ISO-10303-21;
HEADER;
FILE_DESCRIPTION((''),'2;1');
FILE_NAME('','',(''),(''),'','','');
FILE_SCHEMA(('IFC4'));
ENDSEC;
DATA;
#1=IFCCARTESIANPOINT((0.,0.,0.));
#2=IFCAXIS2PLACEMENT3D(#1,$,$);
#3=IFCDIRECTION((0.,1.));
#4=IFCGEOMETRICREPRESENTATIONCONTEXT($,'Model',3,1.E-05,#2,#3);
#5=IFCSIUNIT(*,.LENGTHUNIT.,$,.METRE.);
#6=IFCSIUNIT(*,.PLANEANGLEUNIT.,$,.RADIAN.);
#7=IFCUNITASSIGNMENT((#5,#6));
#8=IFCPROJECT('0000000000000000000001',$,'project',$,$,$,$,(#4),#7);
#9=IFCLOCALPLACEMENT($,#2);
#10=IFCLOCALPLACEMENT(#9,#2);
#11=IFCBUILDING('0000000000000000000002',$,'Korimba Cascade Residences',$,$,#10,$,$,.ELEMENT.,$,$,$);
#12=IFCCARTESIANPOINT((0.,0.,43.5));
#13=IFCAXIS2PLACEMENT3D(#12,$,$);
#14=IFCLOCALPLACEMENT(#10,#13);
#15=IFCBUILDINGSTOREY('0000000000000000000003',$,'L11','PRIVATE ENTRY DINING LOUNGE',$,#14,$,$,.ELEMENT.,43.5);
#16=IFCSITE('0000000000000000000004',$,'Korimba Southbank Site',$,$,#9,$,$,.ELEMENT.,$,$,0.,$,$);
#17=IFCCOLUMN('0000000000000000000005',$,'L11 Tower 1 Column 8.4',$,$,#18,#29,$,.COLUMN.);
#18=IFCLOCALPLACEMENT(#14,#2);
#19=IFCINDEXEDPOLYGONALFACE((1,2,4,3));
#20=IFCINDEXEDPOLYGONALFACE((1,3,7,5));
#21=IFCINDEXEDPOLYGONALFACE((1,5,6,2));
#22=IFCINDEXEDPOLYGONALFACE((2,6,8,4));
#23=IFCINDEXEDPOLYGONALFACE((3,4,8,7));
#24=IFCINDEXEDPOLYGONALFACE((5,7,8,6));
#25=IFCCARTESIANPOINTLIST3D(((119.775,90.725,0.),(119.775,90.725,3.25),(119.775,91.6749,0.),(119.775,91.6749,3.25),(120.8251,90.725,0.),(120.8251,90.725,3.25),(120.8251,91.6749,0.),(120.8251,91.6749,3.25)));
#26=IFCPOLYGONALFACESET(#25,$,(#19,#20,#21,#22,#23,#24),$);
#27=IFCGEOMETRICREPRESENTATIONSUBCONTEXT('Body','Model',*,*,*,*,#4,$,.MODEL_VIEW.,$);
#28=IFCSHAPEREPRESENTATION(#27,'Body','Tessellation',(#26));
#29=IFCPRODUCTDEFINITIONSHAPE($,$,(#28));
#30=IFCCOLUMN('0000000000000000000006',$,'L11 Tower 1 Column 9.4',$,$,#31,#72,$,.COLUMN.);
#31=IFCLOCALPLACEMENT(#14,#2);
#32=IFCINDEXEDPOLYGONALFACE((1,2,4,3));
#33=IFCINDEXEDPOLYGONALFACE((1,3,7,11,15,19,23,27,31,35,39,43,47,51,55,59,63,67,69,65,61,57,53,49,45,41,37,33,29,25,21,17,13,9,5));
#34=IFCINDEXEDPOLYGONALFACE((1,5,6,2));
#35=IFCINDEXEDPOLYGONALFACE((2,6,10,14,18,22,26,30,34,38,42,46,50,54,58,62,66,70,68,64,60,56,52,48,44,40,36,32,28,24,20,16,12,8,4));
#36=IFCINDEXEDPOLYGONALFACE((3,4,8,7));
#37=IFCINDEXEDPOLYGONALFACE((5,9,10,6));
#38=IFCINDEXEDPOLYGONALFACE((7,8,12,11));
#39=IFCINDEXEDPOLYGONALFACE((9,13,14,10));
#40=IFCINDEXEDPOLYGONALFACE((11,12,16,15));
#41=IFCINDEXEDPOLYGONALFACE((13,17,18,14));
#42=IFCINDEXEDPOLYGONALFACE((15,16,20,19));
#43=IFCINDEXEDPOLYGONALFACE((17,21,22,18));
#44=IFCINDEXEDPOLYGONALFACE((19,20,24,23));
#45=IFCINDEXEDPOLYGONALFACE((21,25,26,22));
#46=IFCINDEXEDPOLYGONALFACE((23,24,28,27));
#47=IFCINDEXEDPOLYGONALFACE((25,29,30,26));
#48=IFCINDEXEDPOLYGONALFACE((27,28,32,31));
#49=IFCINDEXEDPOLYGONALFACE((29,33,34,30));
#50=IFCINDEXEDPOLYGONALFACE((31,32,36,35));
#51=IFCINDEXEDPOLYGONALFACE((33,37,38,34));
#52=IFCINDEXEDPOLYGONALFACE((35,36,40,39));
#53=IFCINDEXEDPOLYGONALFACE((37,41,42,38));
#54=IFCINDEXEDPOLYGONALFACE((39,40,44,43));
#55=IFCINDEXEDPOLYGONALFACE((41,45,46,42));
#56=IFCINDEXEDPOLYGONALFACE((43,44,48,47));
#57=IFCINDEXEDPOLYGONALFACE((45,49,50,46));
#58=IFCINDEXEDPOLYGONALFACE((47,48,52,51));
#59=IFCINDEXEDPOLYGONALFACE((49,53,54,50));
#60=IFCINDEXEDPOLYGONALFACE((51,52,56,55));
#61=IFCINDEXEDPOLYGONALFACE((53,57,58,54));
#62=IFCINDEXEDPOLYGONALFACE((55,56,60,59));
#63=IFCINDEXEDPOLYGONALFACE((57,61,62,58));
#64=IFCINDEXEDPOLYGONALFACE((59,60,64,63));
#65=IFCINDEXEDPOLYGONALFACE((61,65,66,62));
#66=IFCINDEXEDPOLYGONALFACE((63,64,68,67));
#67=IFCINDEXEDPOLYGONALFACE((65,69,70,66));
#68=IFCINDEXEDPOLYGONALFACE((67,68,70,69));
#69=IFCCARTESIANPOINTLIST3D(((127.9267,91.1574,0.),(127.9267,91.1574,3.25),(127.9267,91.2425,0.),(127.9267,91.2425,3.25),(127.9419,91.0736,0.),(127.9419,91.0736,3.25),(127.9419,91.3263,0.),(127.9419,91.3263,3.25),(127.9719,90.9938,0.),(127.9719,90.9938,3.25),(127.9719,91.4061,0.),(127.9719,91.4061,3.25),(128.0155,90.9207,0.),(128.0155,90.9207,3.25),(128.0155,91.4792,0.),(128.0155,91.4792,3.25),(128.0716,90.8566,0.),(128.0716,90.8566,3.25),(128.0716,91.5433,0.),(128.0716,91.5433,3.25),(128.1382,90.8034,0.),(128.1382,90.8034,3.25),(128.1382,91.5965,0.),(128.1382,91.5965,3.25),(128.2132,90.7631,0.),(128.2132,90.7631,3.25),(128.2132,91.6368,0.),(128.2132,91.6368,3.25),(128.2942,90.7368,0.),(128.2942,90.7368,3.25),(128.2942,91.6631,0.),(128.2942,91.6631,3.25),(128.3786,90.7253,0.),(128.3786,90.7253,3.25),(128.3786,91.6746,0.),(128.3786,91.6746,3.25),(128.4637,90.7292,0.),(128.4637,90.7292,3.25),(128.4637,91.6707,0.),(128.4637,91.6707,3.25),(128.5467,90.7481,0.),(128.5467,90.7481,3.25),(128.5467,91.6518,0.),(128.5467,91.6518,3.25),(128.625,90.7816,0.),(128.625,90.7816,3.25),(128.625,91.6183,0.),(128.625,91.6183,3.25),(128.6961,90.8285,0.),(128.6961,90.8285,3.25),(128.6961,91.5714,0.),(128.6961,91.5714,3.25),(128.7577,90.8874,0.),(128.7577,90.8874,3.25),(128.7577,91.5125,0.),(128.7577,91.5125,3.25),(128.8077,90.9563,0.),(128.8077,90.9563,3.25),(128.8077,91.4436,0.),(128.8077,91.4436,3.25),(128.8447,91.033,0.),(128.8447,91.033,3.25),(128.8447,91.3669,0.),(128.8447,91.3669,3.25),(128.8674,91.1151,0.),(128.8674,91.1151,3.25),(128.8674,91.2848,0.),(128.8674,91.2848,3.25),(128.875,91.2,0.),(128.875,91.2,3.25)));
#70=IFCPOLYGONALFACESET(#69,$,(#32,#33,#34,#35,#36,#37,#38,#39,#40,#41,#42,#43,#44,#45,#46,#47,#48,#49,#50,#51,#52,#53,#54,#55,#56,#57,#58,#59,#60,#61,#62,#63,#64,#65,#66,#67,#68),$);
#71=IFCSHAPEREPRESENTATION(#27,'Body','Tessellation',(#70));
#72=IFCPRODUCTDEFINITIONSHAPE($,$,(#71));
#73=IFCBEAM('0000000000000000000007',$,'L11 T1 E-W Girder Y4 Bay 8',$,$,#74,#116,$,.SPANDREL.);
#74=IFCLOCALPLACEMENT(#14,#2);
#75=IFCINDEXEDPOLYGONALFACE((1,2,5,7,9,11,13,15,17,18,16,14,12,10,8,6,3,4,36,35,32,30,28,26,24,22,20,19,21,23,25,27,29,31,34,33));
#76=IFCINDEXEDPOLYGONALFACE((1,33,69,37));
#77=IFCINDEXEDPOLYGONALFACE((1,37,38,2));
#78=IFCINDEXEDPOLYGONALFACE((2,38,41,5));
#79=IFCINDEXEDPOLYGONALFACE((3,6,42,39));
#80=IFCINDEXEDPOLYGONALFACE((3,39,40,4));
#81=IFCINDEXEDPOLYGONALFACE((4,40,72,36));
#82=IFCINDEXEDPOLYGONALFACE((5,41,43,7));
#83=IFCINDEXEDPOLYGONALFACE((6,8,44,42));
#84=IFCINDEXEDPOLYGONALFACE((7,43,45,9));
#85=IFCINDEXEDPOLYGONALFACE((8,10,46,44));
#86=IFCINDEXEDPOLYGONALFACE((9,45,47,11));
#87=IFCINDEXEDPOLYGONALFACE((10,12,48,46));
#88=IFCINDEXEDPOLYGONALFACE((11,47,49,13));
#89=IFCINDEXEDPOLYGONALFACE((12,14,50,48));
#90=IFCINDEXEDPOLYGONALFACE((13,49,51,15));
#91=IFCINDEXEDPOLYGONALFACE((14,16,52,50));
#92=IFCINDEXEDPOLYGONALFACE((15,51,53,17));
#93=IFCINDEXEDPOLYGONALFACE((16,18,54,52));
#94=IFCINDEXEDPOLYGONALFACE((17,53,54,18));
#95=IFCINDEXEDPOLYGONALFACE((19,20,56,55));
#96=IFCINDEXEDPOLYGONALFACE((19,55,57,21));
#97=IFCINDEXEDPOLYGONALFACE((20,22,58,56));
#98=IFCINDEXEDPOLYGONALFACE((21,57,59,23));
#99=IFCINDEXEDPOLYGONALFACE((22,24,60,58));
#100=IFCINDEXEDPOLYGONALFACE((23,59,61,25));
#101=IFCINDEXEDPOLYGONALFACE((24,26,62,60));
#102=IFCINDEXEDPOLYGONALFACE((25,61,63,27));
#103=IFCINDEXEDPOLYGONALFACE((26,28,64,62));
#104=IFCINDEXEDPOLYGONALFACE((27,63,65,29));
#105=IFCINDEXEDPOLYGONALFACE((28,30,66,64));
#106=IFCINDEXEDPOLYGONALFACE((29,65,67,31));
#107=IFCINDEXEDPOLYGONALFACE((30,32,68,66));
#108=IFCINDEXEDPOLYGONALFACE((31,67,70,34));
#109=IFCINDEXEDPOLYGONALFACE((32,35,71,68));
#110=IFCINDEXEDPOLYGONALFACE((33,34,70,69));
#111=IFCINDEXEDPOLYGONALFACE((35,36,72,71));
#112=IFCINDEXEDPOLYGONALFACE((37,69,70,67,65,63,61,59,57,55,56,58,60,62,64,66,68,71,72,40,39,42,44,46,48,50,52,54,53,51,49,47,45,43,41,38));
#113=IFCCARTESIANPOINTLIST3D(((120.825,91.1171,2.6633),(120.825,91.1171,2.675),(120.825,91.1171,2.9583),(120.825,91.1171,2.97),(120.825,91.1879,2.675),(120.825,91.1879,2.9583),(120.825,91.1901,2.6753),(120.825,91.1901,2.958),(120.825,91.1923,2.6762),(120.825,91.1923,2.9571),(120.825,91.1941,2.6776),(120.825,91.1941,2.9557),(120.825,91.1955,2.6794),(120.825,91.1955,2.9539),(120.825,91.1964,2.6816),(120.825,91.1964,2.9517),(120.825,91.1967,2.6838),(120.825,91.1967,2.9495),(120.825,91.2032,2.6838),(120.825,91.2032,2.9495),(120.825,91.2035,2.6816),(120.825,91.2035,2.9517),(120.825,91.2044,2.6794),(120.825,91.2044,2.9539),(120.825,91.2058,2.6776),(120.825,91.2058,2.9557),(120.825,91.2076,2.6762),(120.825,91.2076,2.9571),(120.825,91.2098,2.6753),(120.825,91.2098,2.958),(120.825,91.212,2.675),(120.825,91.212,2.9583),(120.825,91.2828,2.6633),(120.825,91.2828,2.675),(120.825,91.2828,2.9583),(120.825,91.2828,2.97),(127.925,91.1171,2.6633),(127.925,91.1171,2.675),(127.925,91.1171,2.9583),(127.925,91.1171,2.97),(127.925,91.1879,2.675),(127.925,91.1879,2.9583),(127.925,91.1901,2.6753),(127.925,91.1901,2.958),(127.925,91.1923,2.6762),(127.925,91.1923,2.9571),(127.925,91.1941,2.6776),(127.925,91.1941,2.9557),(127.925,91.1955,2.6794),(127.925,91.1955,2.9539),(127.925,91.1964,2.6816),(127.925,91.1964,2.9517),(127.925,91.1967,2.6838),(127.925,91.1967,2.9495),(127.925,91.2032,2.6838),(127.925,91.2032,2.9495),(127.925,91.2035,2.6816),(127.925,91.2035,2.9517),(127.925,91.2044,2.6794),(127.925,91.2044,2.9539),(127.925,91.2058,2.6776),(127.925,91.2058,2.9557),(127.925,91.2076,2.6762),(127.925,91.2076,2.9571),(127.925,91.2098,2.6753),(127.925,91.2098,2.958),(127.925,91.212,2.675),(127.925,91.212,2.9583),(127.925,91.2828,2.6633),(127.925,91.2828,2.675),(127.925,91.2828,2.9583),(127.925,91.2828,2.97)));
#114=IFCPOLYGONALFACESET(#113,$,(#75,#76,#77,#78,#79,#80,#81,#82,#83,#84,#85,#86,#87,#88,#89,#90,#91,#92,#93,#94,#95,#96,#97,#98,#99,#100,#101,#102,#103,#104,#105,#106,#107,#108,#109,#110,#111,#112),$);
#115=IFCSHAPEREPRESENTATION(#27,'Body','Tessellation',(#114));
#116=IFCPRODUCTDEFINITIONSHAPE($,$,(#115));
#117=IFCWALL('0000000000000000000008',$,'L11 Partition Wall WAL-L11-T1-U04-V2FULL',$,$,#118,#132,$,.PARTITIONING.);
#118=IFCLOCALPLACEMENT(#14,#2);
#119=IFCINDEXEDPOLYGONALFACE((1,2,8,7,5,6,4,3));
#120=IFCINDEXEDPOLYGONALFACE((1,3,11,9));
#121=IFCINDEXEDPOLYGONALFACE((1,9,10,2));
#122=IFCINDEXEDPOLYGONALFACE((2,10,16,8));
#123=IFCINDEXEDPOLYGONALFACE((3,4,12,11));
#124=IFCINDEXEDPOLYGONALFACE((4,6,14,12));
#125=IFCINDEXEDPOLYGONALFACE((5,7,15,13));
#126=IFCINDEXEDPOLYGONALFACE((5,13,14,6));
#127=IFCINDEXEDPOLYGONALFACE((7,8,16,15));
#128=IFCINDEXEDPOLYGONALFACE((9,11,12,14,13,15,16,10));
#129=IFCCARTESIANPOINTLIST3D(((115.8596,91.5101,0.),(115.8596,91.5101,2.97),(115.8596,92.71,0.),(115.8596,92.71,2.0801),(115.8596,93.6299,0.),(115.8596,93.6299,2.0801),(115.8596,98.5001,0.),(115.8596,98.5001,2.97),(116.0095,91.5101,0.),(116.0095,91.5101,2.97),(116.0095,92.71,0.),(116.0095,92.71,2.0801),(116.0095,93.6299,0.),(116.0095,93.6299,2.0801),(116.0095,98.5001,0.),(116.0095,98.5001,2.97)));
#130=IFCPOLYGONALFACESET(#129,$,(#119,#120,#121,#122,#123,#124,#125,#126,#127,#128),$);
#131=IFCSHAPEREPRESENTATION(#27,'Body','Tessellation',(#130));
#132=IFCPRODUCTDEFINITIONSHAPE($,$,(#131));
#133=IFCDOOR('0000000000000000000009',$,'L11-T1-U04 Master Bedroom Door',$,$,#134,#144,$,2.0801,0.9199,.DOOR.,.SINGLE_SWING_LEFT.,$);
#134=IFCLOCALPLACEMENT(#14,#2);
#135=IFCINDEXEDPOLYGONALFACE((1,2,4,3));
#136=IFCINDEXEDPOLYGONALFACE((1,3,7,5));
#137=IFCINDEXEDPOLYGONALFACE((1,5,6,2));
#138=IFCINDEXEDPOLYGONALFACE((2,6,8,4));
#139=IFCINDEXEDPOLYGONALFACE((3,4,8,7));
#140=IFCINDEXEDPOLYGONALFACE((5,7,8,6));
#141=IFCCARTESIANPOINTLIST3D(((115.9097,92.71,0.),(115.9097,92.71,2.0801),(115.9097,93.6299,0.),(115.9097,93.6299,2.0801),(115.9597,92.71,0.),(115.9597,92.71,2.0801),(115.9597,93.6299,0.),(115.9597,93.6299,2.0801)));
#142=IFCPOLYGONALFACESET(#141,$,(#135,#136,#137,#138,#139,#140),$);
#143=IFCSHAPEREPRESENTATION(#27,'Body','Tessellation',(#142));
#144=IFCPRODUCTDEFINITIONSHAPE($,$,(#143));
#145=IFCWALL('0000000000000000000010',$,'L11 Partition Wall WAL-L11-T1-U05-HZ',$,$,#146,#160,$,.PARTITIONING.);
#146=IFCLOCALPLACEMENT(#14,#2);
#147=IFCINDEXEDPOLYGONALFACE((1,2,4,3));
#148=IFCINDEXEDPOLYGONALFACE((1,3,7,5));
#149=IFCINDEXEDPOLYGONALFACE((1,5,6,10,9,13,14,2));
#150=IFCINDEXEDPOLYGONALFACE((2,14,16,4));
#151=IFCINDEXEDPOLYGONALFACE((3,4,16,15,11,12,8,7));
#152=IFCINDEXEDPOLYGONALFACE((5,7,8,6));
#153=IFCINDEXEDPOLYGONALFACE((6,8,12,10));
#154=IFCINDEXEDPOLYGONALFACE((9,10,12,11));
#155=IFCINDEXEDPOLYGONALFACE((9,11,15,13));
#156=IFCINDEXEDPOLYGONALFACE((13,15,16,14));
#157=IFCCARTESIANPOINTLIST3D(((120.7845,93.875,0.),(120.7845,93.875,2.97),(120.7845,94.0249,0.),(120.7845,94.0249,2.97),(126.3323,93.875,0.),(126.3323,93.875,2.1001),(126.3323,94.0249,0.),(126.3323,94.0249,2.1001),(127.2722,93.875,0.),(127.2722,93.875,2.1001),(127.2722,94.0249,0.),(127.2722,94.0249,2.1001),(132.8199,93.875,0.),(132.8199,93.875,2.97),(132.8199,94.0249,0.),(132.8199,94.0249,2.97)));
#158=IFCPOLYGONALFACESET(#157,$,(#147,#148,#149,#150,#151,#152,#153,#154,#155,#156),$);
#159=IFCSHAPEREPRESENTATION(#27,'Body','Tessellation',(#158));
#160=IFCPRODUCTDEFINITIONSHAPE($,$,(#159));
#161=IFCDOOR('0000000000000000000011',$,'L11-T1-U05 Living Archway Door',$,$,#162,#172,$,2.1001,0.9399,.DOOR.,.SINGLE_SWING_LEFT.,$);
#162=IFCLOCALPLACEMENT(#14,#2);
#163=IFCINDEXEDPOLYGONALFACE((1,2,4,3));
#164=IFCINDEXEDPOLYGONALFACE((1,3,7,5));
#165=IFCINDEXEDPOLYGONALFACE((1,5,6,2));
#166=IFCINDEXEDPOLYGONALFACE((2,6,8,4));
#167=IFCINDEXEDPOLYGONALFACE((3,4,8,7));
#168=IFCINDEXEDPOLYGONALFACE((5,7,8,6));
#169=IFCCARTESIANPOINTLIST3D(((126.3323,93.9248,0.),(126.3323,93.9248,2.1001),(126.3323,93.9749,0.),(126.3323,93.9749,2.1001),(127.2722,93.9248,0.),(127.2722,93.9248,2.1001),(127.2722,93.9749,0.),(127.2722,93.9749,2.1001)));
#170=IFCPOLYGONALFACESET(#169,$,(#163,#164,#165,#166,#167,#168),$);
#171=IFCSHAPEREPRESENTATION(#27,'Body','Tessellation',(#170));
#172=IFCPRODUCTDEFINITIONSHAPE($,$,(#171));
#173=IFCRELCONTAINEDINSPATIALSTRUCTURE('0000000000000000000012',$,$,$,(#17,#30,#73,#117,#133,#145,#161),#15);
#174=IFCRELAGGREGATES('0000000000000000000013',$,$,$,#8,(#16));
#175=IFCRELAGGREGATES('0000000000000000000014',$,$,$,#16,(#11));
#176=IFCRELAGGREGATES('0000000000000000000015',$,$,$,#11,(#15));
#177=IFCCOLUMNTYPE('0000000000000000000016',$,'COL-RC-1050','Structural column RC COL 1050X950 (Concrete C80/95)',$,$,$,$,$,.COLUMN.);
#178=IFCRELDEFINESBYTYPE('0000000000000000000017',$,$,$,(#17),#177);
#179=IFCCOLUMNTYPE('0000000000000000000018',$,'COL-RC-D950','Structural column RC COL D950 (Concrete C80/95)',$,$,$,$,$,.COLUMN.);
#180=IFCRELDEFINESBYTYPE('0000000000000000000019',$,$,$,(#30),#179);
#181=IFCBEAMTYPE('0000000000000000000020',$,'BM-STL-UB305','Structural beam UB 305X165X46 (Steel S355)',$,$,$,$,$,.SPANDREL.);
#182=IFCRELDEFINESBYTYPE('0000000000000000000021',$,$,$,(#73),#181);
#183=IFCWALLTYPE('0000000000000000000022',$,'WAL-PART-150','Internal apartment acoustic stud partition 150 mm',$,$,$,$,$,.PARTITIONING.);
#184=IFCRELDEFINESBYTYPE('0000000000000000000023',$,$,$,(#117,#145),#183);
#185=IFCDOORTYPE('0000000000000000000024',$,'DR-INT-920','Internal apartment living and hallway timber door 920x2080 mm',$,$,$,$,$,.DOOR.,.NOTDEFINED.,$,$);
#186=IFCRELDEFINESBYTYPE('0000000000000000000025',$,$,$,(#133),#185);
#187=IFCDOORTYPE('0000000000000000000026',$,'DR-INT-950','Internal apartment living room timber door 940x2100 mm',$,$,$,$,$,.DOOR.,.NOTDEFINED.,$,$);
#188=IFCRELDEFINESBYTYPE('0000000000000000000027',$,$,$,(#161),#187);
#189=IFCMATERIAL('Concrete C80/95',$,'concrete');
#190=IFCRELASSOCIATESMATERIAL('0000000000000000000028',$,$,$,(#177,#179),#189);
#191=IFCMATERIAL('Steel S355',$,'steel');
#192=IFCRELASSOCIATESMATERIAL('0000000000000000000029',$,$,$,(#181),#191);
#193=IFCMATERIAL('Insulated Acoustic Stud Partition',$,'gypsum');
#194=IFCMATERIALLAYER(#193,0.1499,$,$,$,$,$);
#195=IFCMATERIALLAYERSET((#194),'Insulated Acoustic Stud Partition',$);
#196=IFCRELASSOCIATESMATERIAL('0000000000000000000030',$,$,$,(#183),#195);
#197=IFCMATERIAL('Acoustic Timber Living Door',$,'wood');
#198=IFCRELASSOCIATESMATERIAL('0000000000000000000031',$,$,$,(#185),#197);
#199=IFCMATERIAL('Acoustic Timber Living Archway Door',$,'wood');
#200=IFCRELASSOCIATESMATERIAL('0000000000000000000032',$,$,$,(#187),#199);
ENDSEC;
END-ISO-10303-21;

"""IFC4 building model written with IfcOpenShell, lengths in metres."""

from ifc_helpers import new_model, si_unit, direction, frame, frame_2d, origin, origin_2d, place, context, subcontext, project, spatial, rectangle, circle, i_section, extrude, material, layer, layer_set, material_profile, profile_set, type_object, element, fill, save


model = new_model("IFC4")

# Units and contexts
model_context = context("Model", 3, precision=1e-05, world=origin(), true_north=direction((0.0, 1.0)))
body_context = subcontext(model_context, "Body", "Model", "MODEL_VIEW")
ifc_project = project(units=[si_unit("LENGTHUNIT", "METRE"), si_unit("PLANEANGLEUNIT", "RADIAN")], contexts=[model_context])

# Site, building, storey
site_placement = place(None, origin())
site = spatial("IfcSite", under=ifc_project, at=site_placement, Name="Korimba Southbank Site", CompositionType="ELEMENT", RefElevation=0.0)
building_placement = place(site_placement, origin())
building = spatial("IfcBuilding", under=site, at=building_placement, Name="Korimba Cascade Residences", CompositionType="ELEMENT")
storey_placement = place(building_placement, frame((0.0, 0.0, 43.5)))
storey = spatial("IfcBuildingStorey", under=building, at=storey_placement, Name="L11", Description="PRIVATE ENTRY DINING LOUNGE", CompositionType="ELEMENT", Elevation=43.5)

# Columns
ifc_material_1 = material(Name="Concrete C80/95", Category="concrete")
ifc_material_profile_1 = material_profile(ifc_material_1, rectangle(XDim=1.05, YDim=0.95, at=origin_2d()), Name="Concrete C80/95")
ifc_profile_set_1 = profile_set([ifc_material_profile_1], Name="Concrete C80/95")
column_type_1 = type_object("IfcColumnType", Name="COL-RC-1050", Description="Structural column RC COL 1050X950 (Concrete C80/95)", PredefinedType="COLUMN", material=ifc_profile_set_1)
column_1_placement = place(storey_placement, frame((120.3, 91.2, 0.0), z_axis=(0.0, 0.0, 1.0), x_axis=(1.0, 0.0, 0.0)))
element("IfcColumn", 1, at=column_1_placement, inside=storey, type_object=column_type_1, Name="L11 Tower 1 Column 8.4", PredefinedType="COLUMN", context=body_context, shape_type="SweptSolid", body=[
    extrude(rectangle(XDim=1.05, YDim=0.95, at=origin_2d()), origin(), (0.0, 0.0, 1.0), 3.25),
])
ifc_material_profile_2 = material_profile(ifc_material_1, circle(Radius=0.4751, at=origin_2d()), Name="Concrete C80/95")
ifc_profile_set_2 = profile_set([ifc_material_profile_2], Name="Concrete C80/95")
column_type_2 = type_object("IfcColumnType", Name="COL-RC-D950", Description="Structural column RC COL D950 (Concrete C80/95)", PredefinedType="COLUMN", material=ifc_profile_set_2)
column_2_placement = place(storey_placement, frame((128.3999, 91.2, 0.0), z_axis=(0.0, 0.0, 1.0), x_axis=(1.0, 0.0, 0.0)))
element("IfcColumn", 2, at=column_2_placement, inside=storey, type_object=column_type_2, Name="L11 Tower 1 Column 9.4", PredefinedType="COLUMN", context=body_context, shape_type="SweptSolid", body=[
    extrude(circle(Radius=0.4751, at=origin_2d()), origin(), (0.0, 0.0, 1.0), 3.25),
])

# Beam
ifc_material_2 = material(Name="Steel S355", Category="steel")
ifc_material_profile_3 = material_profile(ifc_material_2, i_section(OverallWidth=0.1658, OverallDepth=0.3066, WebThickness=0.0066, FlangeThickness=0.0117, FilletRadius=0.0088, at=origin_2d()), Name="Steel S355")
ifc_profile_set_3 = profile_set([ifc_material_profile_3], Name="Steel S355")
beam_type = type_object("IfcBeamType", Name="BM-STL-UB305", Description="Structural beam UB 305X165X46 (Steel S355)", PredefinedType="SPANDREL", material=ifc_profile_set_3)
beam_placement = place(storey_placement, frame((120.825, 91.2, 2.8167), z_axis=(1.0, 0.0, 0.0), x_axis=(0.0, 1.0, 0.0)))
element("IfcBeam", 3, at=beam_placement, inside=storey, type_object=beam_type, Name="L11 T1 E-W Girder Y4 Bay 8", PredefinedType="SPANDREL", context=body_context, shape_type="SweptSolid", body=[
    extrude(i_section(OverallWidth=0.1658, OverallDepth=0.3066, WebThickness=0.0066, FlangeThickness=0.0117, FilletRadius=0.0088, at=origin_2d()), origin(), (0.0, 0.0, 1.0), 7.1001),
])

# Walls, openings, doors
ifc_material_3 = material(Name="Insulated Acoustic Stud Partition", Category="gypsum")
ifc_layer = layer(ifc_material_3, 0.1499)
ifc_layer_set = layer_set([ifc_layer], Name="Insulated Acoustic Stud Partition")
wall_type = type_object("IfcWallType", Name="WAL-PART-150", Description="Internal apartment acoustic stud partition 150 mm", PredefinedType="PARTITIONING", material=ifc_layer_set)
wall_1_placement = place(storey_placement, frame((115.9346, 91.51, 0.0), z_axis=(0.0, 0.0, 1.0), x_axis=(0.0, 1.0, 0.0)))
wall_1 = element("IfcWall", 4, at=wall_1_placement, inside=storey, type_object=wall_type, Name="L11 Partition Wall WAL-L11-T1-U04-V2FULL", PredefinedType="PARTITIONING", context=body_context, shape_type="SweptSolid", body=[
    extrude(rectangle(XDim=6.99, YDim=0.1499, at=frame_2d((3.4951, 0.0))), origin(), (0.0, 0.0, 1.0), 2.97),
])
opening_1_placement = place(wall_1_placement, frame((1.2, 0.0, 0.0)))
opening_1 = element("IfcOpeningElement", 5, at=opening_1_placement, cuts=wall_1, PredefinedType="OPENING", context=body_context, shape_type="SweptSolid", body=[
    extrude(rectangle(XDim=0.9199, YDim=2.0801, at=frame_2d((0.46, 1.04))), frame((0.0, 0.085, 0.0), z_axis=(0.0, -1.0, 0.0), x_axis=(1.0, 0.0, 0.0)), (0.0, 0.0, 1.0), 0.1699),
])
ifc_material_4 = material(Name="Acoustic Timber Living Door", Category="wood")
door_type_1 = type_object("IfcDoorType", Name="DR-INT-920", Description="Internal apartment living and hallway timber door 920x2080 mm", OperationType="NOTDEFINED", PredefinedType="DOOR", material=ifc_material_4)
door_1_placement = place(opening_1_placement, origin())
door_1 = element("IfcDoor", 6, at=door_1_placement, inside=storey, type_object=door_type_1, Name="L11-T1-U04 Master Bedroom Door", OperationType="SINGLE_SWING_LEFT", OverallHeight=2.0801, OverallWidth=0.9199, PredefinedType="DOOR", context=body_context, shape_type="SweptSolid", body=[
    extrude(rectangle(XDim=0.9199, YDim=2.0801, at=frame_2d((0.46, 1.04))), frame((0.0, 0.0249, 0.0), z_axis=(0.0, -1.0, 0.0), x_axis=(1.0, 0.0, 0.0)), (0.0, 0.0, 1.0), 0.05),
])
fill(opening_1, door_1)
wall_2_placement = place(storey_placement, frame((120.7847, 93.95, 0.0), z_axis=(0.0, 0.0, 1.0), x_axis=(1.0, 0.0, 0.0)))
wall_2 = element("IfcWall", 7, at=wall_2_placement, inside=storey, type_object=wall_type, Name="L11 Partition Wall WAL-L11-T1-U05-HZ", PredefinedType="PARTITIONING", context=body_context, shape_type="SweptSolid", body=[
    extrude(rectangle(XDim=12.0354, YDim=0.1499, at=frame_2d((6.0176, 0.0))), origin(), (0.0, 0.0, 1.0), 2.97),
])
opening_2_placement = place(wall_2_placement, frame((5.5476, 0.0, 0.0)))
opening_2 = element("IfcOpeningElement", 8, at=opening_2_placement, cuts=wall_2, PredefinedType="OPENING", context=body_context, shape_type="SweptSolid", body=[
    extrude(rectangle(XDim=0.9399, YDim=2.1001, at=frame_2d((0.47, 1.05))), frame((0.0, 0.085, 0.0), z_axis=(0.0, -1.0, 0.0), x_axis=(1.0, 0.0, 0.0)), (0.0, 0.0, 1.0), 0.1699),
])
ifc_material_5 = material(Name="Acoustic Timber Living Archway Door", Category="wood")
door_type_2 = type_object("IfcDoorType", Name="DR-INT-950", Description="Internal apartment living room timber door 940x2100 mm", OperationType="NOTDEFINED", PredefinedType="DOOR", material=ifc_material_5)
door_2_placement = place(opening_2_placement, origin())
door_2 = element("IfcDoor", 9, at=door_2_placement, inside=storey, type_object=door_type_2, Name="L11-T1-U05 Living Archway Door", OperationType="SINGLE_SWING_LEFT", OverallHeight=2.1001, OverallWidth=0.9399, PredefinedType="DOOR", context=body_context, shape_type="SweptSolid", body=[
    extrude(rectangle(XDim=0.9399, YDim=2.1001, at=frame_2d((0.47, 1.05))), frame((0.0, 0.0249, 0.0), z_axis=(0.0, -1.0, 0.0), x_axis=(1.0, 0.0, 0.0)), (0.0, 0.0, 1.0), 0.05),
])
fill(opening_2, door_2)

save(model, "model.ifc")
